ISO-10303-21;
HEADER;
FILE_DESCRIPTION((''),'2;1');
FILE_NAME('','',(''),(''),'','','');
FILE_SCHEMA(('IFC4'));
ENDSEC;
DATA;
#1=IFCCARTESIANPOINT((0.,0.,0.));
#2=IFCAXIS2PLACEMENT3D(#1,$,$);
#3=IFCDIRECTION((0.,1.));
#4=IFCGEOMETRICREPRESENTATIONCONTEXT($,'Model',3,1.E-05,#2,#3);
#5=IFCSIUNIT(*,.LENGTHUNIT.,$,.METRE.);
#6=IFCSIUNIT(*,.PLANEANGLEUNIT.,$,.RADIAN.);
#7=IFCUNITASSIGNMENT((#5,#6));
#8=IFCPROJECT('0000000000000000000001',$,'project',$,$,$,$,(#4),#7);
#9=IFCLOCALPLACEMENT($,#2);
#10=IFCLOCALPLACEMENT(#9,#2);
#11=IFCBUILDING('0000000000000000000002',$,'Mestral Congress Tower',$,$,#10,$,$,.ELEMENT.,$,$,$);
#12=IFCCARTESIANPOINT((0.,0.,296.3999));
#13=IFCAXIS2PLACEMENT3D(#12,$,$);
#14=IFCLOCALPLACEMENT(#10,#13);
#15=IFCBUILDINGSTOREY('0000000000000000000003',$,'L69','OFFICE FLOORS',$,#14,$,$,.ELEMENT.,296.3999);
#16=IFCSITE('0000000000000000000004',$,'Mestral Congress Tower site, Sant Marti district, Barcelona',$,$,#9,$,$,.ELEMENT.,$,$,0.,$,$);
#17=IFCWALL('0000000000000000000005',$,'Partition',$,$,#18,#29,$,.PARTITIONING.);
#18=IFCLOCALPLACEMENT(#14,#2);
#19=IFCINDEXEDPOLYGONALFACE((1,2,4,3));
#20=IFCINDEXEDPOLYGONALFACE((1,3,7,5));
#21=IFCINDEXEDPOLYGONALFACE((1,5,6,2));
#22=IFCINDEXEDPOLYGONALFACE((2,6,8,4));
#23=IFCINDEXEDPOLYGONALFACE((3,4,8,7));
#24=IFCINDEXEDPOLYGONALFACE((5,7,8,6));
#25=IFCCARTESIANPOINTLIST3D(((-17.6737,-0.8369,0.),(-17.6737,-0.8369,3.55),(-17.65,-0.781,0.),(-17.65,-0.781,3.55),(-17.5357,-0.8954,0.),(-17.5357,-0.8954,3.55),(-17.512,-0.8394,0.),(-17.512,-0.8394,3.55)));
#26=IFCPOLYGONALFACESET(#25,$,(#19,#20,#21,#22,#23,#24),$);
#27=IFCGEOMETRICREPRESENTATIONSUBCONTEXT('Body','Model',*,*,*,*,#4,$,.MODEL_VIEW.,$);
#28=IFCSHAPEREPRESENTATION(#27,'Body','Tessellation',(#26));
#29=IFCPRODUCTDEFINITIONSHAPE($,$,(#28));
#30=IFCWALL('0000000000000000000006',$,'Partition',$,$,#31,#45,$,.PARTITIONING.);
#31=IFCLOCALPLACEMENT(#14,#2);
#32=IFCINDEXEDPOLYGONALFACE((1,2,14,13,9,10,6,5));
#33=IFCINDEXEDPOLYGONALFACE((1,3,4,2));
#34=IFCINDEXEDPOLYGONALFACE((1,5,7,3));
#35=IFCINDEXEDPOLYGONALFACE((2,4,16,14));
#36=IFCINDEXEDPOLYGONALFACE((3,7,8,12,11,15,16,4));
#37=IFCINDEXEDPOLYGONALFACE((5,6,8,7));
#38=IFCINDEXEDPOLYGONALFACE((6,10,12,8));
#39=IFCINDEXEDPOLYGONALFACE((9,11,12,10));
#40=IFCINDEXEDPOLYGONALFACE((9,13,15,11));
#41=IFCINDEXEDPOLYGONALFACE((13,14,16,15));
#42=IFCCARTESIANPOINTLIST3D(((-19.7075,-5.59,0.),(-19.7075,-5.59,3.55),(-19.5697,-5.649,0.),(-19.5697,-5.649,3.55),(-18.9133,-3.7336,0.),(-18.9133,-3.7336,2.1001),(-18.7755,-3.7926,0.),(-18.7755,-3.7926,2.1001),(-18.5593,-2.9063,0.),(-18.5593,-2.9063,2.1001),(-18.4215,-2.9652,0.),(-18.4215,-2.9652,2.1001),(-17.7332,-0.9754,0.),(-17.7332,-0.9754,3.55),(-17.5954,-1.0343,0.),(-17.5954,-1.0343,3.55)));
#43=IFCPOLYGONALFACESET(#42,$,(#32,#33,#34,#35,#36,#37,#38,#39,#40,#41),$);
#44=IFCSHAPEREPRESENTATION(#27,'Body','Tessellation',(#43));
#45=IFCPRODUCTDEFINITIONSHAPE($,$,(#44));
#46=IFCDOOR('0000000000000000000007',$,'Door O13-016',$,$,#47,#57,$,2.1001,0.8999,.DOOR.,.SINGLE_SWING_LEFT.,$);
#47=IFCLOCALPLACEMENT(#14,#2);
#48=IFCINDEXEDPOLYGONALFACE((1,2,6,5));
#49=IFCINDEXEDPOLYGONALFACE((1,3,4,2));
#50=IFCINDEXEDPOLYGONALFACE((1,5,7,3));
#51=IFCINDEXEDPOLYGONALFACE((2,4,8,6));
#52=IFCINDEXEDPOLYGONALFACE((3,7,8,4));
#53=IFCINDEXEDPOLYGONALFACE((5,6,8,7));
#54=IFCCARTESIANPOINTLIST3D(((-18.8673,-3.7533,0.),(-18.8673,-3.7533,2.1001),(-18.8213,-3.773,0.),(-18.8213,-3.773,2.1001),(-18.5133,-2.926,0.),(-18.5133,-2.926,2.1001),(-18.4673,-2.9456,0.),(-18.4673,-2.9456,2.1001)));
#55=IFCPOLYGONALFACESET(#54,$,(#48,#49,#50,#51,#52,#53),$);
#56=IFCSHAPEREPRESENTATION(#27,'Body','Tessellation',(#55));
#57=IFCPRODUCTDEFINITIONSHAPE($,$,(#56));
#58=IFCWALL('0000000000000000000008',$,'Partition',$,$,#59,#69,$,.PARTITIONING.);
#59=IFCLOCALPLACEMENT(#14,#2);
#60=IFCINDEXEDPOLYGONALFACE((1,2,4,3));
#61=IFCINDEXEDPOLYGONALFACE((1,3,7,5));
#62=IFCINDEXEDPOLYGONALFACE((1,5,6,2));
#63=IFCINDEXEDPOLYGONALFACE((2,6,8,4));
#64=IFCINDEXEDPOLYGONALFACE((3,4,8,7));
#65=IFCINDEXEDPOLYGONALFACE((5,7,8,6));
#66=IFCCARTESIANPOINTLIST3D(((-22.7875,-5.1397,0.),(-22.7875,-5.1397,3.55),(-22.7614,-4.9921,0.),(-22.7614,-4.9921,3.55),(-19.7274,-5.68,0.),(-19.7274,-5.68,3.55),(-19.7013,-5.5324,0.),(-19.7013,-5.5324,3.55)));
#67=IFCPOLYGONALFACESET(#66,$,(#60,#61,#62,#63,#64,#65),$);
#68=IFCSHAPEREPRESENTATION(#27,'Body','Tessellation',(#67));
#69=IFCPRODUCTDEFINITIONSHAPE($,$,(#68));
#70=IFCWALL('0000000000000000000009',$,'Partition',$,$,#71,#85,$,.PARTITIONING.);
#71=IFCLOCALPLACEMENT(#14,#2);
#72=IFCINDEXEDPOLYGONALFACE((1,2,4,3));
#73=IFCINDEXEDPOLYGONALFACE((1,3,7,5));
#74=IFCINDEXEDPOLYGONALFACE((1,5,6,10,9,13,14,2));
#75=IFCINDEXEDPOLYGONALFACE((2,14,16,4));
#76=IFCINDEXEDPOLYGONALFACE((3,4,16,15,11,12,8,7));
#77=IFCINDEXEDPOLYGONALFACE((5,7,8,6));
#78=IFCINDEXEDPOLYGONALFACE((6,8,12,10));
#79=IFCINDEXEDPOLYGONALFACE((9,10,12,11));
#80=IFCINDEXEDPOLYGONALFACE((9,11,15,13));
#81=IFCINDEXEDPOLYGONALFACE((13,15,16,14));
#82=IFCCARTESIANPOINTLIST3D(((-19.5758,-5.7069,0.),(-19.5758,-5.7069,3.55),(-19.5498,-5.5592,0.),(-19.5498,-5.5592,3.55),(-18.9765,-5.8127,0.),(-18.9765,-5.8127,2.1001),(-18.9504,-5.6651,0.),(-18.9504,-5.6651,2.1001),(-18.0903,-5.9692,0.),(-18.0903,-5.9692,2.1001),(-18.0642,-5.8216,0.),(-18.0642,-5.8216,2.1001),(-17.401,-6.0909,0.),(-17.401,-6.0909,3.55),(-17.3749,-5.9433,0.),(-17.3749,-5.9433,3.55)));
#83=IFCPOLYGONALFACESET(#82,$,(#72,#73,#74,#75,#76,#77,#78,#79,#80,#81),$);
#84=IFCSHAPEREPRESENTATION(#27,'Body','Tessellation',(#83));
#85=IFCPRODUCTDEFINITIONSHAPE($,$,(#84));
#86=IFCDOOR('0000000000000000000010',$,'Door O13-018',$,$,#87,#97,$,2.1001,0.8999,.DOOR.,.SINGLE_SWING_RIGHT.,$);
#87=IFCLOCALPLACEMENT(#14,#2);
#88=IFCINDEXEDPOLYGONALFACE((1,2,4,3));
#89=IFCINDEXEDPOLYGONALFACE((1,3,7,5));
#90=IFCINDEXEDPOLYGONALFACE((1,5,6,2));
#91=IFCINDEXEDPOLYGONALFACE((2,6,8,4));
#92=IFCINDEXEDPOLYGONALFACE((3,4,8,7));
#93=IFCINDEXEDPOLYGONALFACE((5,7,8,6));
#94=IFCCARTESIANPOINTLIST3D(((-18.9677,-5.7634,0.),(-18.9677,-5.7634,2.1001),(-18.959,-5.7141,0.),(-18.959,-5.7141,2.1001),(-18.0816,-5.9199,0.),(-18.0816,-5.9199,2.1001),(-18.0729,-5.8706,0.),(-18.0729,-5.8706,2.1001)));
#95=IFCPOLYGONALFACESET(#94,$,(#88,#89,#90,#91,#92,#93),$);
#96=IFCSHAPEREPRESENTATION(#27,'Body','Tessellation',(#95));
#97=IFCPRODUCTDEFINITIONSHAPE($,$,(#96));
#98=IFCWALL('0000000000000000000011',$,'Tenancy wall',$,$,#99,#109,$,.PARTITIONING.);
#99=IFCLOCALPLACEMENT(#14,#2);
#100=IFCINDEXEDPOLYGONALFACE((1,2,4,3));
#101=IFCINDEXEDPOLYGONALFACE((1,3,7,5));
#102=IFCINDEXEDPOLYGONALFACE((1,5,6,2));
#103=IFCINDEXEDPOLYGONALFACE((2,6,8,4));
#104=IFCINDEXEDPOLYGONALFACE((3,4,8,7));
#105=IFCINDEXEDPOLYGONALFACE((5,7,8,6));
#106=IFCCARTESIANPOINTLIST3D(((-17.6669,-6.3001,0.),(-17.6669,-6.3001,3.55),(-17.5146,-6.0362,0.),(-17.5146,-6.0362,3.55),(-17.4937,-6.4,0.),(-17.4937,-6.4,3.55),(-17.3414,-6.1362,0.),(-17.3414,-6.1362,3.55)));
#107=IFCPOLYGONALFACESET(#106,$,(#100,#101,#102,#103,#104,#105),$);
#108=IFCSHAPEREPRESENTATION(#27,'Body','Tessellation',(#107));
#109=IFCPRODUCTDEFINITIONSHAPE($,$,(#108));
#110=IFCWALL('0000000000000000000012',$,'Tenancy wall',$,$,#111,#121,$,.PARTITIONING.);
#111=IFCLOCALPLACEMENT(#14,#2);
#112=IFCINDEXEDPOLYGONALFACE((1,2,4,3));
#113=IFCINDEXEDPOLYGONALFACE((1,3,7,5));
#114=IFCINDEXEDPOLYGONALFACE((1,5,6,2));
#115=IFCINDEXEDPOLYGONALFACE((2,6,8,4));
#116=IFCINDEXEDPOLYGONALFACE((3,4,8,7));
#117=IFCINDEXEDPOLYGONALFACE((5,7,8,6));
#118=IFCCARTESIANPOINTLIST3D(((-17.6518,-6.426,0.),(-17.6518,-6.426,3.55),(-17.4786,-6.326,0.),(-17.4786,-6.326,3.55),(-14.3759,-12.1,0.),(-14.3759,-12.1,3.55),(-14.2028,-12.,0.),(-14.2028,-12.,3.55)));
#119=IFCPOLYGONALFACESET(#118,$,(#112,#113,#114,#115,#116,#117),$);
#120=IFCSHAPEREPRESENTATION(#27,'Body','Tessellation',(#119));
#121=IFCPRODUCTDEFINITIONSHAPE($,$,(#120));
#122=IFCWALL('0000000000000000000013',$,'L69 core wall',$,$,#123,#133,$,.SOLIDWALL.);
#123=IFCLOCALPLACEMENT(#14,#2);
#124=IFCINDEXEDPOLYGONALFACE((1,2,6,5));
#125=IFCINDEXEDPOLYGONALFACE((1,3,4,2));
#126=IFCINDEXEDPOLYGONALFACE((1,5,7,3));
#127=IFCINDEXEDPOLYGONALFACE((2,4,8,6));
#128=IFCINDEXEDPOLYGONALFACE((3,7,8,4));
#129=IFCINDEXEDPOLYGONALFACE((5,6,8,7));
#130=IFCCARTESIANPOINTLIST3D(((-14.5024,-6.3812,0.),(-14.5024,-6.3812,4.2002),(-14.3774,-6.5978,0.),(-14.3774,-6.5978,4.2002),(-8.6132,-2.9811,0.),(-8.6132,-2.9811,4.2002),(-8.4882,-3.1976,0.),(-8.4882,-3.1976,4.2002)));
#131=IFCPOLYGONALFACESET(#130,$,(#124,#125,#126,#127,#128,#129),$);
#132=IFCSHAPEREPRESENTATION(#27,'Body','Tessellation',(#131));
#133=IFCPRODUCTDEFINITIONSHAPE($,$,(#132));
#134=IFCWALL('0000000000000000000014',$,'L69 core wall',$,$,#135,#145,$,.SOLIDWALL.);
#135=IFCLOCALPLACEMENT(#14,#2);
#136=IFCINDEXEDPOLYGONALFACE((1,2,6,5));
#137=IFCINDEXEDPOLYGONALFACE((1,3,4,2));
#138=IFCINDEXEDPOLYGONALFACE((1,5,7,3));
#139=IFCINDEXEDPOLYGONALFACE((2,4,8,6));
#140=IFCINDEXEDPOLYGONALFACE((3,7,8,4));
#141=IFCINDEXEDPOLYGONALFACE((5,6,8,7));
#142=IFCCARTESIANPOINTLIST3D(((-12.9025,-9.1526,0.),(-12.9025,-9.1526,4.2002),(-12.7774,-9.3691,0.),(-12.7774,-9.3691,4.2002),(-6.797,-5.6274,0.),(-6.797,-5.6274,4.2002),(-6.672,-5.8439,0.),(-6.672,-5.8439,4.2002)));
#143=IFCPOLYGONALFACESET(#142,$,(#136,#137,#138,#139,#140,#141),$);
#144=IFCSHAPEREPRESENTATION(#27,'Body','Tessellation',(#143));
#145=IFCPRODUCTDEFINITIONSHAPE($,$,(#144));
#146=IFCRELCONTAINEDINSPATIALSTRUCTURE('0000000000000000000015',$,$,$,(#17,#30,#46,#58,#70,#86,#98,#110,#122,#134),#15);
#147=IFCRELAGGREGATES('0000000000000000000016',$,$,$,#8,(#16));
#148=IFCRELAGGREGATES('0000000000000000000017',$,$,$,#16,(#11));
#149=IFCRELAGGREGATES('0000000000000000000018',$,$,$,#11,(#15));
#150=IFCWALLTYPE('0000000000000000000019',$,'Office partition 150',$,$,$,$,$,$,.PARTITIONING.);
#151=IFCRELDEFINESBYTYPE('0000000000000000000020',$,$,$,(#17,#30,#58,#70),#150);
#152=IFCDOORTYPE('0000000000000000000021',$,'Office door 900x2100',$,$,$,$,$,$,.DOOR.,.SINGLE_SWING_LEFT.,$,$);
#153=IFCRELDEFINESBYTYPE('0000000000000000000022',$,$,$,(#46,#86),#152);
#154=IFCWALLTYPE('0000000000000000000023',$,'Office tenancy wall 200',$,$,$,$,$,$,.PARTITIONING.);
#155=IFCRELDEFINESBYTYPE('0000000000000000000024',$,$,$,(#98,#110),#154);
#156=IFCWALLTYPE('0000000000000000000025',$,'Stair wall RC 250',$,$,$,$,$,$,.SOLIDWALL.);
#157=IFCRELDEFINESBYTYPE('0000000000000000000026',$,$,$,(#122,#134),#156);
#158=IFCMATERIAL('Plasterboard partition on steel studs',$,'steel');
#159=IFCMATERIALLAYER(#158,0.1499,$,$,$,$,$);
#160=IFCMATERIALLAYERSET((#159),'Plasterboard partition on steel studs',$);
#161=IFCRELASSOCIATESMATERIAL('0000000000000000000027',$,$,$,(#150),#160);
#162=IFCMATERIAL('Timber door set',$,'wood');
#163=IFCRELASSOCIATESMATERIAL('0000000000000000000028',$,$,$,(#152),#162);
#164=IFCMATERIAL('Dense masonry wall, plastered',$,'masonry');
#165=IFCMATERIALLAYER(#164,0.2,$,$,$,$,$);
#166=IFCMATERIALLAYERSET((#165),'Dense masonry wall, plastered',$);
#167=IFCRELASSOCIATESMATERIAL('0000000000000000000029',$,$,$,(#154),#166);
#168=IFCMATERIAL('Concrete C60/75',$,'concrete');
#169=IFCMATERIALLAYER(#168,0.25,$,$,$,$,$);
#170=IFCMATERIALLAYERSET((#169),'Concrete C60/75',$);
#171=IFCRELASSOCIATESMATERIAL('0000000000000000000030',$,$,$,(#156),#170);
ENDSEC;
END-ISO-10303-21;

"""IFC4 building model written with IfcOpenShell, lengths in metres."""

from ifc_helpers import new_model, si_unit, direction, frame, frame_2d, origin, place, context, subcontext, project, spatial, rectangle, extrude, material, layer, layer_set, type_object, element, fill, save


model = new_model("IFC4")

# Units and contexts
model_context = context("Model", 3, precision=1e-05, world=origin(), true_north=direction((0.0, 1.0)))
body_context = subcontext(model_context, "Body", "Model", "MODEL_VIEW")
ifc_project = project(units=[si_unit("LENGTHUNIT", "METRE"), si_unit("PLANEANGLEUNIT", "RADIAN")], contexts=[model_context])

# Site, building, storey
site_placement = place(None, origin())
site = spatial("IfcSite", under=ifc_project, at=site_placement, Name="Mestral Congress Tower site, Sant Marti district, Barcelona", CompositionType="ELEMENT", RefElevation=0.0)
building_placement = place(site_placement, origin())
building = spatial("IfcBuilding", under=site, at=building_placement, Name="Mestral Congress Tower", CompositionType="ELEMENT")
storey_placement = place(building_placement, frame((0.0, 0.0, 296.3999)))
storey = spatial("IfcBuildingStorey", under=building, at=storey_placement, Name="L69", Description="OFFICE FLOORS", CompositionType="ELEMENT", Elevation=296.3999)

# Shared definitions
ifc_material_1 = material(Name="Concrete C60/75", Category="concrete")

# Shared definitions
ifc_material_2 = material(Name="Plasterboard partition on steel studs", Category="steel")
ifc_layer_1 = layer(ifc_material_2, 0.1499)
ifc_layer_set_1 = layer_set([ifc_layer_1], Name="Plasterboard partition on steel studs")
wall_type_1 = type_object("IfcWallType", Name="Office partition 150", PredefinedType="PARTITIONING", material=ifc_layer_set_1)

# Shared definitions
ifc_material_3 = material(Name="Timber door set", Category="wood")
door_type_1 = type_object("IfcDoorType", Name="Office door 900x2100", OperationType="SINGLE_SWING_LEFT", PredefinedType="DOOR", material=ifc_material_3)

# Wall
wall_1_placement = place(storey_placement, frame((-17.5811, -0.8103, 0.0), z_axis=(0.0, 0.0, 1.0), x_axis=(-0.390033, -0.920801, 0.0)))
element("IfcWall", 1, at=wall_1_placement, inside=storey, type_object=wall_type_1, Name="Partition", PredefinedType="PARTITIONING", context=body_context, shape_type="SweptSolid", body=[
    extrude(rectangle(XDim=0.0608, YDim=0.1499, at=frame_2d((0.0303, 0.0))), origin(), (0.0, 0.0, 1.0), 3.55),
])

# Wall, opening, door
wall_2_placement = place(storey_placement, frame((-19.6387, -5.6196, 0.0), z_axis=(0.0, 0.0, 1.0), x_axis=(0.39335, 0.919389, 0.0)))
wall_2 = element("IfcWall", 2, at=wall_2_placement, inside=storey, type_object=wall_type_1, Name="Partition", PredefinedType="PARTITIONING", context=body_context, shape_type="SweptSolid", body=[
    extrude(rectangle(XDim=5.0193, YDim=0.1499, at=frame_2d((2.5098, 0.0))), origin(), (0.0, 0.0, 1.0), 3.55),
])
opening_1_placement = place(wall_2_placement, frame((2.0193, 0.0, 0.0)))
opening_1 = element("IfcOpeningElement", 3, at=opening_1_placement, cuts=wall_2, PredefinedType="OPENING", context=body_context, shape_type="SweptSolid", body=[
    extrude(rectangle(XDim=0.8999, YDim=2.1001, at=frame_2d((0.45, 1.05))), frame((0.0, 0.085, 0.0), z_axis=(0.0, -1.0, 0.0), x_axis=(1.0, 0.0, 0.0)), (0.0, 0.0, 1.0), 0.1699),
])
door_1_placement = place(opening_1_placement, origin())
door_1 = element("IfcDoor", 4, at=door_1_placement, inside=storey, type_object=door_type_1, Name="Door O13-016", OperationType="SINGLE_SWING_LEFT", OverallHeight=2.1001, OverallWidth=0.8999, PredefinedType="DOOR", context=body_context, shape_type="SweptSolid", body=[
    extrude(rectangle(XDim=0.8999, YDim=2.1001, at=frame_2d((0.45, 1.05))), frame((0.0, 0.0249, 0.0), z_axis=(0.0, -1.0, 0.0), x_axis=(1.0, 0.0, 0.0)), (0.0, 0.0, 1.0), 0.05),
])
fill(opening_1, door_1)

# Wall
wall_3_placement = place(storey_placement, frame((-19.7144, -5.6062, 0.0), z_axis=(0.0, 0.0, 1.0), x_axis=(-0.984769, 0.17387, 0.0)))
element("IfcWall", 5, at=wall_3_placement, inside=storey, type_object=wall_type_1, Name="Partition", PredefinedType="PARTITIONING", context=body_context, shape_type="SweptSolid", body=[
    extrude(rectangle(XDim=3.1074, YDim=0.1499, at=frame_2d((1.5537, 0.0))), origin(), (0.0, 0.0, 1.0), 3.55),
])

# Wall, opening, door
wall_4_placement = place(storey_placement, frame((-17.3879, -6.0171, 0.0), z_axis=(0.0, 0.0, 1.0), x_axis=(-0.984765, 0.173893, 0.0)))
wall_4 = element("IfcWall", 6, at=wall_4_placement, inside=storey, type_object=wall_type_1, Name="Partition", PredefinedType="PARTITIONING", context=body_context, shape_type="SweptSolid", body=[
    extrude(rectangle(XDim=2.2085, YDim=0.1499, at=frame_2d((1.1042, 0.0))), origin(), (0.0, 0.0, 1.0), 3.55),
])
opening_2_placement = place(wall_4_placement, frame((0.7, 0.0, 0.0)))
opening_2 = element("IfcOpeningElement", 7, at=opening_2_placement, cuts=wall_4, PredefinedType="OPENING", context=body_context, shape_type="SweptSolid", body=[
    extrude(rectangle(XDim=0.8999, YDim=2.1001, at=frame_2d((0.45, 1.05))), frame((0.0, 0.085, 0.0), z_axis=(0.0, -1.0, 0.0), x_axis=(1.0, 0.0, 0.0)), (0.0, 0.0, 1.0), 0.1699),
])
door_2_placement = place(opening_2_placement, origin())
door_2 = element("IfcDoor", 8, at=door_2_placement, inside=storey, type_object=door_type_1, Name="Door O13-018", OperationType="SINGLE_SWING_RIGHT", OverallHeight=2.1001, OverallWidth=0.8999, PredefinedType="DOOR", context=body_context, shape_type="SweptSolid", body=[
    extrude(rectangle(XDim=0.8999, YDim=2.1001, at=frame_2d((0.45, 1.05))), frame((0.0, 0.0249, 0.0), z_axis=(0.0, -1.0, 0.0), x_axis=(1.0, 0.0, 0.0)), (0.0, 0.0, 1.0), 0.05),
])
fill(opening_2, door_2)

# Walls
ifc_material_4 = material(Name="Dense masonry wall, plastered", Category="masonry")
ifc_layer_2 = layer(ifc_material_4, 0.2)
ifc_layer_set_2 = layer_set([ifc_layer_2], Name="Dense masonry wall, plastered")
wall_type_2 = type_object("IfcWallType", Name="Office tenancy wall 200", PredefinedType="PARTITIONING", material=ifc_layer_set_2)
wall_5_placement = place(storey_placement, frame((-17.428, -6.0862, 0.0), z_axis=(0.0, 0.0, 1.0), x_axis=(-0.499931, -0.866066, 0.0)))
element("IfcWall", 9, at=wall_5_placement, inside=storey, type_object=wall_type_2, Name="Tenancy wall", PredefinedType="PARTITIONING", context=body_context, shape_type="SweptSolid", body=[
    extrude(rectangle(XDim=0.3047, YDim=0.2, at=frame_2d((0.1523, 0.0))), origin(), (0.0, 0.0, 1.0), 3.55),
])
wall_6_placement = place(storey_placement, frame((-17.5652, -6.376, 0.0), z_axis=(0.0, 0.0, 1.0), x_axis=(0.499994, -0.866029, 0.0)))
element("IfcWall", 10, at=wall_6_placement, inside=storey, type_object=wall_type_2, Name="Tenancy wall", PredefinedType="PARTITIONING", context=body_context, shape_type="SweptSolid", body=[
    extrude(rectangle(XDim=6.5518, YDim=0.2, at=frame_2d((3.2759, 0.0))), origin(), (0.0, 0.0, 1.0), 3.55),
])
ifc_layer_3 = layer(ifc_material_1, 0.25)
ifc_layer_set_3 = layer_set([ifc_layer_3], Name="Concrete C60/75")
wall_type_3 = type_object("IfcWallType", Name="Stair wall RC 250", PredefinedType="SOLIDWALL", material=ifc_layer_set_3)
wall_7_placement = place(storey_placement, frame((-14.4399, -6.4895, 0.0), z_axis=(0.0, 0.0, 1.0), x_axis=(0.866023, 0.500004, 0.0)))
element("IfcWall", 11, at=wall_7_placement, inside=storey, type_object=wall_type_3, Name="L69 core wall", PredefinedType="SOLIDWALL", context=body_context, shape_type="SweptSolid", body=[
    extrude(rectangle(XDim=6.8003, YDim=0.25, at=frame_2d((3.4001, 0.0))), origin(), (0.0, 0.0, 1.0), 4.2002),
])
wall_8_placement = place(storey_placement, frame((-12.8398, -9.2607, 0.0), z_axis=(0.0, 0.0, 1.0), x_axis=(0.866016, 0.500016, 0.0)))
element("IfcWall", 12, at=wall_8_placement, inside=storey, type_object=wall_type_3, Name="L69 core wall", PredefinedType="SOLIDWALL", context=body_context, shape_type="SweptSolid", body=[
    extrude(rectangle(XDim=7.05, YDim=0.25, at=frame_2d((3.5249, 0.0))), origin(), (0.0, 0.0, 1.0), 4.2002),
])

save(model, "model.ifc")
